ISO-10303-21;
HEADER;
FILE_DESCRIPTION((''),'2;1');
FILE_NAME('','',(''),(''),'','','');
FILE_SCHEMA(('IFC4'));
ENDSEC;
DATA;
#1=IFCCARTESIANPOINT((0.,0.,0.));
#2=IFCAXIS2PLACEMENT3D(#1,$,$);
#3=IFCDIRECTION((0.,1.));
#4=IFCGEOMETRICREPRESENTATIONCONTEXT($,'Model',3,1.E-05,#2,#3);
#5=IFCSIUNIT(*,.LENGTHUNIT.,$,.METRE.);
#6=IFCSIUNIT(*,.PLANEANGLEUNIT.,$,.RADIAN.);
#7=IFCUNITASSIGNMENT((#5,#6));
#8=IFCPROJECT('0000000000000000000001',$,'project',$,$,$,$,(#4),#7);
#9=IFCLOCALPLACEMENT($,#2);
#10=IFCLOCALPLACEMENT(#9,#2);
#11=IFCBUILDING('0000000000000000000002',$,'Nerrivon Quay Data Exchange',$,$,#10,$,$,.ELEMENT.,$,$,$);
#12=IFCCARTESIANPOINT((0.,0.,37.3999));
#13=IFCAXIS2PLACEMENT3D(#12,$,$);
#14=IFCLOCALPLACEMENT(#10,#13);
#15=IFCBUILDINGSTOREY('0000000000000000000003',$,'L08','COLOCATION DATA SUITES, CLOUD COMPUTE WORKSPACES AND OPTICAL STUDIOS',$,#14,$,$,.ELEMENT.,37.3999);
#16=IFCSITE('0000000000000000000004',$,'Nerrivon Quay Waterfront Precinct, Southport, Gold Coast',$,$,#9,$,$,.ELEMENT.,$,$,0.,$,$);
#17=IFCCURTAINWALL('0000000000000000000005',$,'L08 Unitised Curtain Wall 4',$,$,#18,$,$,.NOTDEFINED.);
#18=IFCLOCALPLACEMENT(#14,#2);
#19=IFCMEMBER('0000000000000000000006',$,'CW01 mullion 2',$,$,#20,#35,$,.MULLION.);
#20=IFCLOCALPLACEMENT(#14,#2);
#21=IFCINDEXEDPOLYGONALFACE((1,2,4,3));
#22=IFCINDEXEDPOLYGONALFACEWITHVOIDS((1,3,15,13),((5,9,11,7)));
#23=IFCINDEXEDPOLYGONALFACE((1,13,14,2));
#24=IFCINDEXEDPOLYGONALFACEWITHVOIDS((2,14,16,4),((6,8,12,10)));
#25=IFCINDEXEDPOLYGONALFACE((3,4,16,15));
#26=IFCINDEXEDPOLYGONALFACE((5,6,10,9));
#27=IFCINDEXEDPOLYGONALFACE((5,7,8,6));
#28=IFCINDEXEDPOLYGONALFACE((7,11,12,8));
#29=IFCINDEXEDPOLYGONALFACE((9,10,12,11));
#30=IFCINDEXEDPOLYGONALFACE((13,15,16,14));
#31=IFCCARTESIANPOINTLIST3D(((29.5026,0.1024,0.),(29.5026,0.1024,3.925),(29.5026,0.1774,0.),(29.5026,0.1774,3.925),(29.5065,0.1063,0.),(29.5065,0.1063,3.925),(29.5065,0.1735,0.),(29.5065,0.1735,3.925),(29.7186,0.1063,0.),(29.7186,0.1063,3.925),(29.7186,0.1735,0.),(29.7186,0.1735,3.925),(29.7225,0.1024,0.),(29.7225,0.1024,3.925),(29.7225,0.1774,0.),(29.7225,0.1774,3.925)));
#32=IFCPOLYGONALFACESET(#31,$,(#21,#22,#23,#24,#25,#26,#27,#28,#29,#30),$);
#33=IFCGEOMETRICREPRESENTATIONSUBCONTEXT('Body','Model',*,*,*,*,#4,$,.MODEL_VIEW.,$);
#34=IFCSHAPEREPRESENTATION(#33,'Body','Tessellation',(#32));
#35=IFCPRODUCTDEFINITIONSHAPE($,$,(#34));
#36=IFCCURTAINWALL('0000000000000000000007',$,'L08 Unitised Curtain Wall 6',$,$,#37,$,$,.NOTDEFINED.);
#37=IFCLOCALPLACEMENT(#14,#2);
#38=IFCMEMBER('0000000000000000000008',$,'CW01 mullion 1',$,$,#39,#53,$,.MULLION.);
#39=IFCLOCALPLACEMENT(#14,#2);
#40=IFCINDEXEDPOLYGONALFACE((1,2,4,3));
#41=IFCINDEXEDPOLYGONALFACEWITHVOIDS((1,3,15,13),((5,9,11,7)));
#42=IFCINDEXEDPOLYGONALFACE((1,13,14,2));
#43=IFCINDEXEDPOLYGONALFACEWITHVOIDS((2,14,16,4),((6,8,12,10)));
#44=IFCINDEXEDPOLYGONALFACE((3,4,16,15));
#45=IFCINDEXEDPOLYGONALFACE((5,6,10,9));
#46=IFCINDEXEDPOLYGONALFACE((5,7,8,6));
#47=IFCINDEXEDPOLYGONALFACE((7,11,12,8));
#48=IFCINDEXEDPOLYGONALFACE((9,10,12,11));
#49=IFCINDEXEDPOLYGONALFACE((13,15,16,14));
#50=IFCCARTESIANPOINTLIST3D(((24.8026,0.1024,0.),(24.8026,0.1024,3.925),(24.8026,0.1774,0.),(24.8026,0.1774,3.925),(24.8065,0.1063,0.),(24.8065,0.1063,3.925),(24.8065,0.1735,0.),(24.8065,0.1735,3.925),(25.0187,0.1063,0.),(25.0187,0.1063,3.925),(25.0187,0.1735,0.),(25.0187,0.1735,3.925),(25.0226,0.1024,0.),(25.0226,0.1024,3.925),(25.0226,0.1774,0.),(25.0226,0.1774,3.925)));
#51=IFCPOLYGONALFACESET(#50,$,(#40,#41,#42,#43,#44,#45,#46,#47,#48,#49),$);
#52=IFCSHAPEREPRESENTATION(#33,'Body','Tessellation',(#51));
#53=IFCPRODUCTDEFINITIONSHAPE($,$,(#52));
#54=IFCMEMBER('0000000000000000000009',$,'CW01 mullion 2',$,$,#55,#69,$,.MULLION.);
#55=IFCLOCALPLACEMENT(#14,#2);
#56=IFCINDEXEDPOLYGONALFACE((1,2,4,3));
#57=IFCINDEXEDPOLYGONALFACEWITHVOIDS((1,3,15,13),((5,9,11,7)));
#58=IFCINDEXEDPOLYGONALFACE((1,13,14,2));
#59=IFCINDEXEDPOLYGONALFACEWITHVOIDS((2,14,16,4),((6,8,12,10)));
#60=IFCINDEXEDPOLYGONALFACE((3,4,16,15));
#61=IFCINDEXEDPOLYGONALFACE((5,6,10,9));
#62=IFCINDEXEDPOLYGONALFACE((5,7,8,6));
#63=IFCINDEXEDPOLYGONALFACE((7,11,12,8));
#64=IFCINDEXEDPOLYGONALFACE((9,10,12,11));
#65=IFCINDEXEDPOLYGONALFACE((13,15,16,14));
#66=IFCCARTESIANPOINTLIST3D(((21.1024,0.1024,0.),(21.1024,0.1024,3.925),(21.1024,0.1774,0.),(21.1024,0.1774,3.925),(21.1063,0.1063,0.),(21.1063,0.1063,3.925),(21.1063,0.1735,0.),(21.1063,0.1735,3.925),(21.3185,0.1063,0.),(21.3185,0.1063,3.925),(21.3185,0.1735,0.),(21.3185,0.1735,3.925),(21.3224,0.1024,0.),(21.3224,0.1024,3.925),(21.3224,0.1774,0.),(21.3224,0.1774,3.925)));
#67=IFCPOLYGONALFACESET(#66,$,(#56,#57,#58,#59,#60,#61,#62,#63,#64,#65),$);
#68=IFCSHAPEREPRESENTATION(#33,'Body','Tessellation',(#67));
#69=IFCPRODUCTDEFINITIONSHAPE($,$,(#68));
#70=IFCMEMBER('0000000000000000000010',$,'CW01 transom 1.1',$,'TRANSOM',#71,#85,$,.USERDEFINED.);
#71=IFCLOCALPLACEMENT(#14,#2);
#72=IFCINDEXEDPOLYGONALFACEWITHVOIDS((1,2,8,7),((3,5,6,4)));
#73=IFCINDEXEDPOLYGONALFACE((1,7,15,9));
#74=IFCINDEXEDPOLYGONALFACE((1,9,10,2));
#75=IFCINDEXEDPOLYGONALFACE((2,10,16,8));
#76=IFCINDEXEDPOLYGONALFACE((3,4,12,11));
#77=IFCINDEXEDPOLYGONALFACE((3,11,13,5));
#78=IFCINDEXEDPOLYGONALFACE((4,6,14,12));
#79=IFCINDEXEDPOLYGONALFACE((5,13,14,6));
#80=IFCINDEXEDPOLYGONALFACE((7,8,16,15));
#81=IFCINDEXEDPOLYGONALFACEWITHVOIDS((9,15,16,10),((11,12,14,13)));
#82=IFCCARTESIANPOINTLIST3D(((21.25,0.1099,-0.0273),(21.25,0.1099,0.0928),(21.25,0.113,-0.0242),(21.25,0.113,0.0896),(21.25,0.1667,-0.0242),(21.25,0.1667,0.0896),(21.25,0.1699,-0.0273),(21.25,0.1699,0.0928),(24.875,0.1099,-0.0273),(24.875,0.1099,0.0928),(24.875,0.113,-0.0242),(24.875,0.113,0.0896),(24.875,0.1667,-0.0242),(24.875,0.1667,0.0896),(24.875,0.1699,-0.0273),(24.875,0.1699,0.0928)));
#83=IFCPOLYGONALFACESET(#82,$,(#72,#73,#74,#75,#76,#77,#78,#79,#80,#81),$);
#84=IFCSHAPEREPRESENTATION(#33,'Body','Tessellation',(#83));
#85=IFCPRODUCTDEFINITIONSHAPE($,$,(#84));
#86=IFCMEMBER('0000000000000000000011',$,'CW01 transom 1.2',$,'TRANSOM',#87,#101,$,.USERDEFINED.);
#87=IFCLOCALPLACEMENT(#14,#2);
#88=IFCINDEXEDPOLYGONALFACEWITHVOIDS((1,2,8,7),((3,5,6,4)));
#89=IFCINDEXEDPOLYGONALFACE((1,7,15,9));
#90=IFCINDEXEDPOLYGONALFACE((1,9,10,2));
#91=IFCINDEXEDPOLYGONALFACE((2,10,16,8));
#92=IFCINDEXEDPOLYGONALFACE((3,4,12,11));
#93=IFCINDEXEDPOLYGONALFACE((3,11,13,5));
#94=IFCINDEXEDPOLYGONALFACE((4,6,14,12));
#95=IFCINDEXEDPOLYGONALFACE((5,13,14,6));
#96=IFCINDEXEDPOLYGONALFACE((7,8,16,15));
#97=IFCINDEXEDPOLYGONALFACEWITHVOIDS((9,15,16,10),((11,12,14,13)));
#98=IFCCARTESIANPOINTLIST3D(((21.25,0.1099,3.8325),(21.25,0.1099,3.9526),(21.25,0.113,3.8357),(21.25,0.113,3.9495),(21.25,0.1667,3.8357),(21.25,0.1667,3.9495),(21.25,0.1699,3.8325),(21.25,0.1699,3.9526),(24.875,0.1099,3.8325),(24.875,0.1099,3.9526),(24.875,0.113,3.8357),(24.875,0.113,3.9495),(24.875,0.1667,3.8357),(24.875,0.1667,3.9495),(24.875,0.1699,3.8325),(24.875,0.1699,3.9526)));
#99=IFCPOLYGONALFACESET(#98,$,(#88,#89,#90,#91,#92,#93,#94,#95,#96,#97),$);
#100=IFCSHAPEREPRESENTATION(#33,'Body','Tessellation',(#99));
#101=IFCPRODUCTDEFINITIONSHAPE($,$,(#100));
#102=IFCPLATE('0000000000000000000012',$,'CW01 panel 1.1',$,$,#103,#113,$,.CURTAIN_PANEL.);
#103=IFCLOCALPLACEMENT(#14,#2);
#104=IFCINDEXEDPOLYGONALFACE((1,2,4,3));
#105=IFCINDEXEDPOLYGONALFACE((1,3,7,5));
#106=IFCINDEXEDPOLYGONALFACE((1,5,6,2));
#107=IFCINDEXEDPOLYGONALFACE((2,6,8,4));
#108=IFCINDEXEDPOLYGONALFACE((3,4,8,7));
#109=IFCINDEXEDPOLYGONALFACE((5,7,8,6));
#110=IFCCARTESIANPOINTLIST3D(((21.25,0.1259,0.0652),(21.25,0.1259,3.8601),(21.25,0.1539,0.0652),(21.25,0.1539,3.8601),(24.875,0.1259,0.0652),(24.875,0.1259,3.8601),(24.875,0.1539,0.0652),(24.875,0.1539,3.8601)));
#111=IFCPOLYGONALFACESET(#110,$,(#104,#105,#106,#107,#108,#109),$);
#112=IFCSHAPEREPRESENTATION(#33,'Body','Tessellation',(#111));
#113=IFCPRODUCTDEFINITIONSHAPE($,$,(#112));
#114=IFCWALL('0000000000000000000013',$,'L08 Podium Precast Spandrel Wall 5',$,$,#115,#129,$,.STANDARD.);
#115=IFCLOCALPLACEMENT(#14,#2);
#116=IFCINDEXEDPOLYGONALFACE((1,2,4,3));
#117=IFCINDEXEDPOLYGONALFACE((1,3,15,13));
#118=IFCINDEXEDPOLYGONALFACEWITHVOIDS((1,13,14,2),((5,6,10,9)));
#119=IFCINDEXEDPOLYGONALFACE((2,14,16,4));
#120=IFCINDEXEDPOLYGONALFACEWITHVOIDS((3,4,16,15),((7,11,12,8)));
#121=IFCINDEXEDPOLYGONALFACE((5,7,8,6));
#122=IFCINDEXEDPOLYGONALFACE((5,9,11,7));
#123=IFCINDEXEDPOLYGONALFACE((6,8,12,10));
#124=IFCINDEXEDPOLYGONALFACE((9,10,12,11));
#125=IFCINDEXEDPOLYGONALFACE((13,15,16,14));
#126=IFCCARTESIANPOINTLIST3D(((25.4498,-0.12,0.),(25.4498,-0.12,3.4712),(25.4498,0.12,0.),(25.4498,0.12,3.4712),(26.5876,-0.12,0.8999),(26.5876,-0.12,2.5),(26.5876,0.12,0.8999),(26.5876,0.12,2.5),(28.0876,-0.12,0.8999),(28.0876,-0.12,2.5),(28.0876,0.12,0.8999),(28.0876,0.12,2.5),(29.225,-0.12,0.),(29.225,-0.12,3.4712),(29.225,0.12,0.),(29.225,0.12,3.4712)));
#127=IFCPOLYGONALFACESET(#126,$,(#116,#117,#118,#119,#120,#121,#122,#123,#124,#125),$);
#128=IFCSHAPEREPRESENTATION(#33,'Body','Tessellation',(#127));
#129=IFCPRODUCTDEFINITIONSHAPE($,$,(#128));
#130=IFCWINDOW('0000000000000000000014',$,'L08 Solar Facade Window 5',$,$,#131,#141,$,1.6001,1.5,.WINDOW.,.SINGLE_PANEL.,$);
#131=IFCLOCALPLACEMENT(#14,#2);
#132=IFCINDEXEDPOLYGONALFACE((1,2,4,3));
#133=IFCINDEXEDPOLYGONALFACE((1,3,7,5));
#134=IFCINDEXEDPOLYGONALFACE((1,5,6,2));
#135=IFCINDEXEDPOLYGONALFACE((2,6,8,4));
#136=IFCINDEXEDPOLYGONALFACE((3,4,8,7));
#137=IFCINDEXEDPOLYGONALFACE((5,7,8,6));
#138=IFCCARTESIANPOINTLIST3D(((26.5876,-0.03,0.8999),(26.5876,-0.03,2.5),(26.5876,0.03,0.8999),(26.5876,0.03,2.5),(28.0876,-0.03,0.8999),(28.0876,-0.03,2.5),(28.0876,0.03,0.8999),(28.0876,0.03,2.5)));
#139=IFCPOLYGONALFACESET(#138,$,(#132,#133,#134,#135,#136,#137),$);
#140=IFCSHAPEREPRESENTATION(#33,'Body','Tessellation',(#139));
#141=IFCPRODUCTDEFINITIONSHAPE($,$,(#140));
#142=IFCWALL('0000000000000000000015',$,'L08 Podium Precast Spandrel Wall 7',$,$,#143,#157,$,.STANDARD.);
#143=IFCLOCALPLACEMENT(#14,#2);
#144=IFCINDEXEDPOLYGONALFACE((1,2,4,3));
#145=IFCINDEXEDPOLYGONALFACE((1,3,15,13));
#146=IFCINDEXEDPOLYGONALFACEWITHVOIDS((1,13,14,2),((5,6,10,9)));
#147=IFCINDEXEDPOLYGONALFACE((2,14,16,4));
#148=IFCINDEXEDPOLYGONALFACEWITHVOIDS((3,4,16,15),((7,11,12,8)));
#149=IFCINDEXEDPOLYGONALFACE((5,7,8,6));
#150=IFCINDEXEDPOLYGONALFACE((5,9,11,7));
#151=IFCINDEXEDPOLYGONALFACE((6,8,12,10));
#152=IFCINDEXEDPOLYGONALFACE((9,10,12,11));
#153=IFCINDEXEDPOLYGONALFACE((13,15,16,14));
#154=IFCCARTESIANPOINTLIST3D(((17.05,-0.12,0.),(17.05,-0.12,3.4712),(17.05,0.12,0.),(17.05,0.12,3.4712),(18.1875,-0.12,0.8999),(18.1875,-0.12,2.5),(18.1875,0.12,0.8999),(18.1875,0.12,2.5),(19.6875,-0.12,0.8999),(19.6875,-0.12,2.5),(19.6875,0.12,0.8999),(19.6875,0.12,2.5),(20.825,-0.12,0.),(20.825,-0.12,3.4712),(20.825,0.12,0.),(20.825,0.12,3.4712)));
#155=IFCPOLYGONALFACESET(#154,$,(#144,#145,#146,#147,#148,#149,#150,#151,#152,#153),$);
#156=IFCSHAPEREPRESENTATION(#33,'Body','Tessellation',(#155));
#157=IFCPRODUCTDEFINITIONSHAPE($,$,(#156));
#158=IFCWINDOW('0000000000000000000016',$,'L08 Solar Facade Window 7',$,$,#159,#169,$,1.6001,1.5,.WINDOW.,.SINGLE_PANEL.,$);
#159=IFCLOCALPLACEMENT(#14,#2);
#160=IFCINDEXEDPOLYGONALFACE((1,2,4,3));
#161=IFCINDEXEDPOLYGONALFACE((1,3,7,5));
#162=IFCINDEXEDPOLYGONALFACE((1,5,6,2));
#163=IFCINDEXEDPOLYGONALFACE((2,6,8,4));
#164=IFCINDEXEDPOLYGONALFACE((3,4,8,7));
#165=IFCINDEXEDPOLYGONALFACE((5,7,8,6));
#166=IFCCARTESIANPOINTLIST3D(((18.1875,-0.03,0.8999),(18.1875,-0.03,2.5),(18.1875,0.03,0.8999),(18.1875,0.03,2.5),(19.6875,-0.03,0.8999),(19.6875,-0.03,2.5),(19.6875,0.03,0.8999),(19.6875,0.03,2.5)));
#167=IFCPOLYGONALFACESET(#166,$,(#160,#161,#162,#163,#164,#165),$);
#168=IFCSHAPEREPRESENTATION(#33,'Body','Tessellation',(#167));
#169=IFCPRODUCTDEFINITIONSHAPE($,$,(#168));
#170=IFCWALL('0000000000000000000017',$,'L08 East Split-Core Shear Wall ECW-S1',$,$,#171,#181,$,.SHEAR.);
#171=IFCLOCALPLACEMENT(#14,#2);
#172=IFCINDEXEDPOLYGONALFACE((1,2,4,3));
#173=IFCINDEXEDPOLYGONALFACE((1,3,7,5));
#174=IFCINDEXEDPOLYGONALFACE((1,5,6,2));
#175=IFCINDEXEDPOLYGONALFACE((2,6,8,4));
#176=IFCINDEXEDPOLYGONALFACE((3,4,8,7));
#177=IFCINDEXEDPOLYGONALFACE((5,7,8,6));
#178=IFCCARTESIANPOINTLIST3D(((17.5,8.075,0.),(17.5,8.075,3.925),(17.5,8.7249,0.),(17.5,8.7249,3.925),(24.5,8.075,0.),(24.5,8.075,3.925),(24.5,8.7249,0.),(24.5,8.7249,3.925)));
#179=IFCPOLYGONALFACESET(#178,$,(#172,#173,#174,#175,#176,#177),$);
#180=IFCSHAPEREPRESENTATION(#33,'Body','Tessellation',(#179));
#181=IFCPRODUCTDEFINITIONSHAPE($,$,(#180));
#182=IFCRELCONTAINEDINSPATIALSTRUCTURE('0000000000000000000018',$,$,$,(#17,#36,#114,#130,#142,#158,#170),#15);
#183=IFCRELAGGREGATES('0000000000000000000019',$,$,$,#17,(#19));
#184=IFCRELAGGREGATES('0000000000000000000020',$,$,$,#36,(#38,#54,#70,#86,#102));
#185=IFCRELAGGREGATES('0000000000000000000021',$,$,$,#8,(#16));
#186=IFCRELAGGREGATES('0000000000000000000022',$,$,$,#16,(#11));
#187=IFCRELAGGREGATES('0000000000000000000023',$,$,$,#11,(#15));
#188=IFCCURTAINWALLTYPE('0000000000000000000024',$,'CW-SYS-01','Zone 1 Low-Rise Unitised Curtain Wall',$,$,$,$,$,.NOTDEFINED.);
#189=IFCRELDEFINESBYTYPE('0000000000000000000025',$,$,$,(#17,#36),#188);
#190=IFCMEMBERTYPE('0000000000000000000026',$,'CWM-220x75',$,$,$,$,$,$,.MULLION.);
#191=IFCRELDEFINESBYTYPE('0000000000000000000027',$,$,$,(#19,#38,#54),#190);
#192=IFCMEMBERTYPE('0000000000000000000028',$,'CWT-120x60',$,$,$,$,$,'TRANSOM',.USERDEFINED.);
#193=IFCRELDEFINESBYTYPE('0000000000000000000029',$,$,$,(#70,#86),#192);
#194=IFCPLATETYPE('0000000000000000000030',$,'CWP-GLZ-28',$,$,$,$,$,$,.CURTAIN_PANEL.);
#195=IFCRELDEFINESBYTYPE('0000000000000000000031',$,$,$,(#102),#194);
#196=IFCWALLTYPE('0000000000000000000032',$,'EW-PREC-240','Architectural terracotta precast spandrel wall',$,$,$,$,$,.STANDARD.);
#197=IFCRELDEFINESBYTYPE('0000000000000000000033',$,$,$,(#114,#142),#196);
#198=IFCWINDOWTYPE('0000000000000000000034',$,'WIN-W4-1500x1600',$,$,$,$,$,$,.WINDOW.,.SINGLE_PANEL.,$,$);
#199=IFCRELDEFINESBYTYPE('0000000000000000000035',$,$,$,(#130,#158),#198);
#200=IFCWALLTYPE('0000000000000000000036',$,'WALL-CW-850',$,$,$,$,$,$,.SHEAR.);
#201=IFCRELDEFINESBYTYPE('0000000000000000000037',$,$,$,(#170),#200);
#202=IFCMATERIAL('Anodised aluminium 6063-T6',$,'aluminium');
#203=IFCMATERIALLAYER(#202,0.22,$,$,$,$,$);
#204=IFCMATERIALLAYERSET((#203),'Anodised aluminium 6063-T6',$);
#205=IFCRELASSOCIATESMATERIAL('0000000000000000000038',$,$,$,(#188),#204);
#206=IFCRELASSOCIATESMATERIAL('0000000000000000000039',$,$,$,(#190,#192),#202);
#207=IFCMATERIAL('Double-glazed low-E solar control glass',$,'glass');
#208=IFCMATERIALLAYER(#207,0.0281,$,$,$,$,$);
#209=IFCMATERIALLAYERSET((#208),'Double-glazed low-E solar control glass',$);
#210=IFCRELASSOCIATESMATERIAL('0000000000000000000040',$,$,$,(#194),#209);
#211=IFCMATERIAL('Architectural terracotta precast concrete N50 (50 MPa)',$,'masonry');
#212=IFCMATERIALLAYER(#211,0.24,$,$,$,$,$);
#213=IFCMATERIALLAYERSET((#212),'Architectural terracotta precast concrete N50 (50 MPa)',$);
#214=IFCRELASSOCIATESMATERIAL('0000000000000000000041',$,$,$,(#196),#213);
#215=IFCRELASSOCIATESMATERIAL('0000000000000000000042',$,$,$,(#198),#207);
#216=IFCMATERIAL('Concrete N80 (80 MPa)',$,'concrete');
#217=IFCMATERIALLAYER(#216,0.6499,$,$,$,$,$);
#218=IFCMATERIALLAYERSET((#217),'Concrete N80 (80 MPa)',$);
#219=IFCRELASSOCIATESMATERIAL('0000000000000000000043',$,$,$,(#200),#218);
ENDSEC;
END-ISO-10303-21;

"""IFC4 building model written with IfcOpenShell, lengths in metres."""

from ifc_helpers import new_model, si_unit, direction, frame, frame_2d, origin, origin_2d, place, context, subcontext, project, spatial, rectangle, hollow_rectangle, extrude, material, layer, layer_set, material_profile, profile_set, type_object, element, fill, aggregate, save


model = new_model("IFC4")

# Units and contexts
model_context = context("Model", 3, precision=1e-05, world=origin(), true_north=direction((0.0, 1.0)))
body_context = subcontext(model_context, "Body", "Model", "MODEL_VIEW")
ifc_project = project(units=[si_unit("LENGTHUNIT", "METRE"), si_unit("PLANEANGLEUNIT", "RADIAN")], contexts=[model_context])

# Site, building, storey
site_placement = place(None, origin())
site = spatial("IfcSite", under=ifc_project, at=site_placement, Name="Nerrivon Quay Waterfront Precinct, Southport, Gold Coast", CompositionType="ELEMENT", RefElevation=0.0)
building_placement = place(site_placement, origin())
building = spatial("IfcBuilding", under=site, at=building_placement, Name="Nerrivon Quay Data Exchange", CompositionType="ELEMENT")
storey_placement = place(building_placement, frame((0.0, 0.0, 37.3999)))
storey = spatial("IfcBuildingStorey", under=building, at=storey_placement, Name="L08", Description="COLOCATION DATA SUITES, CLOUD COMPUTE WORKSPACES AND OPTICAL STUDIOS", CompositionType="ELEMENT", Elevation=37.3999)

# Shared definitions
ifc_material_1 = material(Name="Concrete N80 (80 MPa)", Category="concrete")

# Curtain wall, member
ifc_material_2 = material(Name="Anodised aluminium 6063-T6", Category="aluminium")
ifc_layer_1 = layer(ifc_material_2, 0.22)
ifc_layer_set_1 = layer_set([ifc_layer_1], Name="Anodised aluminium 6063-T6")
curtain_wall_type = type_object("IfcCurtainWallType", Name="CW-SYS-01", Description="Zone 1 Low-Rise Unitised Curtain Wall", PredefinedType="NOTDEFINED", material=ifc_layer_set_1)
curtain_wall_1_placement = place(storey_placement, origin())
curtain_wall_1 = element("IfcCurtainWall", 1, at=curtain_wall_1_placement, inside=storey, type_object=curtain_wall_type, Name="L08 Unitised Curtain Wall 4", PredefinedType="NOTDEFINED")
ifc_material_profile_1 = material_profile(ifc_material_2, hollow_rectangle(XDim=0.075, YDim=0.22, WallThickness=0.0039, at=origin_2d()), Name="ALU-MULL-220x75")
ifc_profile_set_1 = profile_set([ifc_material_profile_1], Name="Anodised aluminium 6063-T6")
member_type_1 = type_object("IfcMemberType", Name="CWM-220x75", PredefinedType="MULLION", material=ifc_profile_set_1)
member_1_placement = place(storey_placement, frame((29.6125, 0.1399, 0.0), z_axis=(0.0, 0.0, 1.0), x_axis=(0.0, -1.0, 0.0)))
member_1 = element("IfcMember", 2, at=member_1_placement, type_object=member_type_1, Name="CW01 mullion 2", PredefinedType="MULLION", context=body_context, shape_type="SweptSolid", body=[
    extrude(hollow_rectangle(XDim=0.075, YDim=0.22, WallThickness=0.0039, at=origin_2d()), origin(), (0.0, 0.0, 1.0), 3.925),
])
aggregate(curtain_wall_1, [member_1])

# Curtain wall, members, plate
curtain_wall_2_placement = place(storey_placement, origin())
curtain_wall_2 = element("IfcCurtainWall", 3, at=curtain_wall_2_placement, inside=storey, type_object=curtain_wall_type, Name="L08 Unitised Curtain Wall 6", PredefinedType="NOTDEFINED")
member_2_placement = place(storey_placement, frame((24.9126, 0.1399, 0.0), z_axis=(0.0, 0.0, 1.0), x_axis=(0.0, -1.0, 0.0)))
member_2 = element("IfcMember", 4, at=member_2_placement, type_object=member_type_1, Name="CW01 mullion 1", PredefinedType="MULLION", context=body_context, shape_type="SweptSolid", body=[
    extrude(hollow_rectangle(XDim=0.075, YDim=0.22, WallThickness=0.0039, at=origin_2d()), origin(), (0.0, 0.0, 1.0), 3.925),
])
member_3_placement = place(storey_placement, frame((21.2124, 0.1399, 0.0), z_axis=(0.0, 0.0, 1.0), x_axis=(0.0, -1.0, 0.0)))
member_3 = element("IfcMember", 5, at=member_3_placement, type_object=member_type_1, Name="CW01 mullion 2", PredefinedType="MULLION", context=body_context, shape_type="SweptSolid", body=[
    extrude(hollow_rectangle(XDim=0.075, YDim=0.22, WallThickness=0.0039, at=origin_2d()), origin(), (0.0, 0.0, 1.0), 3.925),
])
ifc_material_profile_2 = material_profile(ifc_material_2, hollow_rectangle(XDim=0.0601, YDim=0.1201, WallThickness=0.0032, at=origin_2d()), Name="ALU-TRAN-120x60")
ifc_profile_set_2 = profile_set([ifc_material_profile_2], Name="Anodised aluminium 6063-T6")
member_type_2 = type_object("IfcMemberType", Name="CWT-120x60", ElementType="TRANSOM", PredefinedType="USERDEFINED", material=ifc_profile_set_2)
member_4_placement = place(storey_placement, frame((24.875, 0.1399, 0.0327), z_axis=(-1.0, 0.0, 0.0), x_axis=(0.0, -1.0, 0.0)))
member_4 = element("IfcMember", 6, at=member_4_placement, type_object=member_type_2, Name="CW01 transom 1.1", ObjectType="TRANSOM", PredefinedType="USERDEFINED", context=body_context, shape_type="SweptSolid", body=[
    extrude(hollow_rectangle(XDim=0.0601, YDim=0.1201, WallThickness=0.0032, at=origin_2d()), origin(), (0.0, 0.0, 1.0), 3.625),
])
member_5_placement = place(storey_placement, frame((24.875, 0.1399, 3.8926), z_axis=(-1.0, 0.0, 0.0), x_axis=(0.0, -1.0, 0.0)))
member_5 = element("IfcMember", 7, at=member_5_placement, type_object=member_type_2, Name="CW01 transom 1.2", ObjectType="TRANSOM", PredefinedType="USERDEFINED", context=body_context, shape_type="SweptSolid", body=[
    extrude(hollow_rectangle(XDim=0.0601, YDim=0.1201, WallThickness=0.0032, at=origin_2d()), origin(), (0.0, 0.0, 1.0), 3.625),
])
ifc_material_3 = material(Name="Double-glazed low-E solar control glass", Category="glass")
ifc_layer_2 = layer(ifc_material_3, 0.0281)
ifc_layer_set_2 = layer_set([ifc_layer_2], Name="Double-glazed low-E solar control glass")
plate_type = type_object("IfcPlateType", Name="CWP-GLZ-28", PredefinedType="CURTAIN_PANEL", material=ifc_layer_set_2)
plate_placement = place(storey_placement, frame((23.0625, 0.1399, 0.0652), z_axis=(0.0, 0.0, 1.0), x_axis=(-1.0, 0.0, 0.0)))
plate = element("IfcPlate", 8, at=plate_placement, type_object=plate_type, Name="CW01 panel 1.1", PredefinedType="CURTAIN_PANEL", context=body_context, shape_type="SweptSolid", body=[
    extrude(rectangle(XDim=3.625, YDim=0.0281, at=origin_2d()), origin(), (0.0, 0.0, 1.0), 3.7949),
])
aggregate(curtain_wall_2, [member_2, member_3, member_4, member_5, plate])

# Walls, openings, windows
ifc_material_4 = material(Name="Architectural terracotta precast concrete N50 (50 MPa)", Category="masonry")
ifc_layer_3 = layer(ifc_material_4, 0.24)
ifc_layer_set_3 = layer_set([ifc_layer_3], Name="Architectural terracotta precast concrete N50 (50 MPa)")
wall_type_1 = type_object("IfcWallType", Name="EW-PREC-240", Description="Architectural terracotta precast spandrel wall", PredefinedType="STANDARD", material=ifc_layer_set_3)
wall_1_placement = place(storey_placement, frame((29.2251, 0.0, 0.0), z_axis=(0.0, 0.0, 1.0), x_axis=(-1.0, 0.0, 0.0)))
wall_1 = element("IfcWall", 9, at=wall_1_placement, inside=storey, type_object=wall_type_1, Name="L08 Podium Precast Spandrel Wall 5", PredefinedType="STANDARD", context=body_context, shape_type="SweptSolid", body=[
    extrude(rectangle(XDim=3.7751, YDim=0.24, at=frame_2d((1.8877, 0.0))), origin(), (0.0, 0.0, 1.0), 3.4712),
])
opening_1_placement = place(wall_1_placement, frame((1.1375, 0.0, 0.8999)))
opening_1 = element("IfcOpeningElement", 10, at=opening_1_placement, cuts=wall_1, PredefinedType="OPENING", context=body_context, shape_type="SweptSolid", body=[
    extrude(rectangle(XDim=1.5, YDim=1.6001, at=frame_2d((0.75, 0.8))), frame((0.0, 0.1299, 0.0), z_axis=(0.0, -1.0, 0.0), x_axis=(1.0, 0.0, 0.0)), (0.0, 0.0, 1.0), 0.26),
])
window_type = type_object("IfcWindowType", Name="WIN-W4-1500x1600", PartitioningType="SINGLE_PANEL", PredefinedType="WINDOW", material=ifc_material_3)
window_1_placement = place(opening_1_placement, origin())
window_1 = element("IfcWindow", 11, at=window_1_placement, inside=storey, type_object=window_type, Name="L08 Solar Facade Window 5", OverallHeight=1.6001, OverallWidth=1.5, PartitioningType="SINGLE_PANEL", PredefinedType="WINDOW", context=body_context, shape_type="SweptSolid", body=[
    extrude(rectangle(XDim=1.5, YDim=1.6001, at=frame_2d((0.75, 0.8))), frame((0.0, 0.03, 0.0), z_axis=(0.0, -1.0, 0.0), x_axis=(1.0, 0.0, 0.0)), (0.0, 0.0, 1.0), 0.0601),
])
fill(opening_1, window_1)
wall_2_placement = place(storey_placement, frame((20.825, 0.0, 0.0), z_axis=(0.0, 0.0, 1.0), x_axis=(-1.0, 0.0, 0.0)))
wall_2 = element("IfcWall", 12, at=wall_2_placement, inside=storey, type_object=wall_type_1, Name="L08 Podium Precast Spandrel Wall 7", PredefinedType="STANDARD", context=body_context, shape_type="SweptSolid", body=[
    extrude(rectangle(XDim=3.7749, YDim=0.24, at=frame_2d((1.8875, 0.0))), origin(), (0.0, 0.0, 1.0), 3.4712),
])
opening_2_placement = place(wall_2_placement, frame((1.1375, 0.0, 0.8999)))
opening_2 = element("IfcOpeningElement", 13, at=opening_2_placement, cuts=wall_2, PredefinedType="OPENING", context=body_context, shape_type="SweptSolid", body=[
    extrude(rectangle(XDim=1.5, YDim=1.6001, at=frame_2d((0.75, 0.8))), frame((0.0, 0.1299, 0.0), z_axis=(0.0, -1.0, 0.0), x_axis=(1.0, 0.0, 0.0)), (0.0, 0.0, 1.0), 0.26),
])
window_2_placement = place(opening_2_placement, origin())
window_2 = element("IfcWindow", 14, at=window_2_placement, inside=storey, type_object=window_type, Name="L08 Solar Facade Window 7", OverallHeight=1.6001, OverallWidth=1.5, PartitioningType="SINGLE_PANEL", PredefinedType="WINDOW", context=body_context, shape_type="SweptSolid", body=[
    extrude(rectangle(XDim=1.5, YDim=1.6001, at=frame_2d((0.75, 0.8))), frame((0.0, 0.03, 0.0), z_axis=(0.0, -1.0, 0.0), x_axis=(1.0, 0.0, 0.0)), (0.0, 0.0, 1.0), 0.0601),
])
fill(opening_2, window_2)

# Wall
ifc_layer_4 = layer(ifc_material_1, 0.6499)
ifc_layer_set_4 = layer_set([ifc_layer_4], Name="Concrete N80 (80 MPa)")
wall_type_2 = type_object("IfcWallType", Name="WALL-CW-850", PredefinedType="SHEAR", material=ifc_layer_set_4)
for number, where, z_axis, x_axis, name in (
    (15, (17.5, 8.3999, 0.0), (0.0, 0.0, 1.0), (1.0, 0.0, 0.0), "L08 East Split-Core Shear Wall ECW-S1"),
):
    element("IfcWall", number, at=place(storey_placement, frame(where, z_axis=z_axis, x_axis=x_axis)), inside=storey, type_object=wall_type_2, Name=name, PredefinedType="SHEAR", context=body_context, shape_type="SweptSolid", body=[
        extrude(rectangle(XDim=7.0, YDim=0.6499, at=frame_2d((3.5, 0.0))), origin(), (0.0, 0.0, 1.0), 3.925),
    ])

save(model, "model.ifc")
